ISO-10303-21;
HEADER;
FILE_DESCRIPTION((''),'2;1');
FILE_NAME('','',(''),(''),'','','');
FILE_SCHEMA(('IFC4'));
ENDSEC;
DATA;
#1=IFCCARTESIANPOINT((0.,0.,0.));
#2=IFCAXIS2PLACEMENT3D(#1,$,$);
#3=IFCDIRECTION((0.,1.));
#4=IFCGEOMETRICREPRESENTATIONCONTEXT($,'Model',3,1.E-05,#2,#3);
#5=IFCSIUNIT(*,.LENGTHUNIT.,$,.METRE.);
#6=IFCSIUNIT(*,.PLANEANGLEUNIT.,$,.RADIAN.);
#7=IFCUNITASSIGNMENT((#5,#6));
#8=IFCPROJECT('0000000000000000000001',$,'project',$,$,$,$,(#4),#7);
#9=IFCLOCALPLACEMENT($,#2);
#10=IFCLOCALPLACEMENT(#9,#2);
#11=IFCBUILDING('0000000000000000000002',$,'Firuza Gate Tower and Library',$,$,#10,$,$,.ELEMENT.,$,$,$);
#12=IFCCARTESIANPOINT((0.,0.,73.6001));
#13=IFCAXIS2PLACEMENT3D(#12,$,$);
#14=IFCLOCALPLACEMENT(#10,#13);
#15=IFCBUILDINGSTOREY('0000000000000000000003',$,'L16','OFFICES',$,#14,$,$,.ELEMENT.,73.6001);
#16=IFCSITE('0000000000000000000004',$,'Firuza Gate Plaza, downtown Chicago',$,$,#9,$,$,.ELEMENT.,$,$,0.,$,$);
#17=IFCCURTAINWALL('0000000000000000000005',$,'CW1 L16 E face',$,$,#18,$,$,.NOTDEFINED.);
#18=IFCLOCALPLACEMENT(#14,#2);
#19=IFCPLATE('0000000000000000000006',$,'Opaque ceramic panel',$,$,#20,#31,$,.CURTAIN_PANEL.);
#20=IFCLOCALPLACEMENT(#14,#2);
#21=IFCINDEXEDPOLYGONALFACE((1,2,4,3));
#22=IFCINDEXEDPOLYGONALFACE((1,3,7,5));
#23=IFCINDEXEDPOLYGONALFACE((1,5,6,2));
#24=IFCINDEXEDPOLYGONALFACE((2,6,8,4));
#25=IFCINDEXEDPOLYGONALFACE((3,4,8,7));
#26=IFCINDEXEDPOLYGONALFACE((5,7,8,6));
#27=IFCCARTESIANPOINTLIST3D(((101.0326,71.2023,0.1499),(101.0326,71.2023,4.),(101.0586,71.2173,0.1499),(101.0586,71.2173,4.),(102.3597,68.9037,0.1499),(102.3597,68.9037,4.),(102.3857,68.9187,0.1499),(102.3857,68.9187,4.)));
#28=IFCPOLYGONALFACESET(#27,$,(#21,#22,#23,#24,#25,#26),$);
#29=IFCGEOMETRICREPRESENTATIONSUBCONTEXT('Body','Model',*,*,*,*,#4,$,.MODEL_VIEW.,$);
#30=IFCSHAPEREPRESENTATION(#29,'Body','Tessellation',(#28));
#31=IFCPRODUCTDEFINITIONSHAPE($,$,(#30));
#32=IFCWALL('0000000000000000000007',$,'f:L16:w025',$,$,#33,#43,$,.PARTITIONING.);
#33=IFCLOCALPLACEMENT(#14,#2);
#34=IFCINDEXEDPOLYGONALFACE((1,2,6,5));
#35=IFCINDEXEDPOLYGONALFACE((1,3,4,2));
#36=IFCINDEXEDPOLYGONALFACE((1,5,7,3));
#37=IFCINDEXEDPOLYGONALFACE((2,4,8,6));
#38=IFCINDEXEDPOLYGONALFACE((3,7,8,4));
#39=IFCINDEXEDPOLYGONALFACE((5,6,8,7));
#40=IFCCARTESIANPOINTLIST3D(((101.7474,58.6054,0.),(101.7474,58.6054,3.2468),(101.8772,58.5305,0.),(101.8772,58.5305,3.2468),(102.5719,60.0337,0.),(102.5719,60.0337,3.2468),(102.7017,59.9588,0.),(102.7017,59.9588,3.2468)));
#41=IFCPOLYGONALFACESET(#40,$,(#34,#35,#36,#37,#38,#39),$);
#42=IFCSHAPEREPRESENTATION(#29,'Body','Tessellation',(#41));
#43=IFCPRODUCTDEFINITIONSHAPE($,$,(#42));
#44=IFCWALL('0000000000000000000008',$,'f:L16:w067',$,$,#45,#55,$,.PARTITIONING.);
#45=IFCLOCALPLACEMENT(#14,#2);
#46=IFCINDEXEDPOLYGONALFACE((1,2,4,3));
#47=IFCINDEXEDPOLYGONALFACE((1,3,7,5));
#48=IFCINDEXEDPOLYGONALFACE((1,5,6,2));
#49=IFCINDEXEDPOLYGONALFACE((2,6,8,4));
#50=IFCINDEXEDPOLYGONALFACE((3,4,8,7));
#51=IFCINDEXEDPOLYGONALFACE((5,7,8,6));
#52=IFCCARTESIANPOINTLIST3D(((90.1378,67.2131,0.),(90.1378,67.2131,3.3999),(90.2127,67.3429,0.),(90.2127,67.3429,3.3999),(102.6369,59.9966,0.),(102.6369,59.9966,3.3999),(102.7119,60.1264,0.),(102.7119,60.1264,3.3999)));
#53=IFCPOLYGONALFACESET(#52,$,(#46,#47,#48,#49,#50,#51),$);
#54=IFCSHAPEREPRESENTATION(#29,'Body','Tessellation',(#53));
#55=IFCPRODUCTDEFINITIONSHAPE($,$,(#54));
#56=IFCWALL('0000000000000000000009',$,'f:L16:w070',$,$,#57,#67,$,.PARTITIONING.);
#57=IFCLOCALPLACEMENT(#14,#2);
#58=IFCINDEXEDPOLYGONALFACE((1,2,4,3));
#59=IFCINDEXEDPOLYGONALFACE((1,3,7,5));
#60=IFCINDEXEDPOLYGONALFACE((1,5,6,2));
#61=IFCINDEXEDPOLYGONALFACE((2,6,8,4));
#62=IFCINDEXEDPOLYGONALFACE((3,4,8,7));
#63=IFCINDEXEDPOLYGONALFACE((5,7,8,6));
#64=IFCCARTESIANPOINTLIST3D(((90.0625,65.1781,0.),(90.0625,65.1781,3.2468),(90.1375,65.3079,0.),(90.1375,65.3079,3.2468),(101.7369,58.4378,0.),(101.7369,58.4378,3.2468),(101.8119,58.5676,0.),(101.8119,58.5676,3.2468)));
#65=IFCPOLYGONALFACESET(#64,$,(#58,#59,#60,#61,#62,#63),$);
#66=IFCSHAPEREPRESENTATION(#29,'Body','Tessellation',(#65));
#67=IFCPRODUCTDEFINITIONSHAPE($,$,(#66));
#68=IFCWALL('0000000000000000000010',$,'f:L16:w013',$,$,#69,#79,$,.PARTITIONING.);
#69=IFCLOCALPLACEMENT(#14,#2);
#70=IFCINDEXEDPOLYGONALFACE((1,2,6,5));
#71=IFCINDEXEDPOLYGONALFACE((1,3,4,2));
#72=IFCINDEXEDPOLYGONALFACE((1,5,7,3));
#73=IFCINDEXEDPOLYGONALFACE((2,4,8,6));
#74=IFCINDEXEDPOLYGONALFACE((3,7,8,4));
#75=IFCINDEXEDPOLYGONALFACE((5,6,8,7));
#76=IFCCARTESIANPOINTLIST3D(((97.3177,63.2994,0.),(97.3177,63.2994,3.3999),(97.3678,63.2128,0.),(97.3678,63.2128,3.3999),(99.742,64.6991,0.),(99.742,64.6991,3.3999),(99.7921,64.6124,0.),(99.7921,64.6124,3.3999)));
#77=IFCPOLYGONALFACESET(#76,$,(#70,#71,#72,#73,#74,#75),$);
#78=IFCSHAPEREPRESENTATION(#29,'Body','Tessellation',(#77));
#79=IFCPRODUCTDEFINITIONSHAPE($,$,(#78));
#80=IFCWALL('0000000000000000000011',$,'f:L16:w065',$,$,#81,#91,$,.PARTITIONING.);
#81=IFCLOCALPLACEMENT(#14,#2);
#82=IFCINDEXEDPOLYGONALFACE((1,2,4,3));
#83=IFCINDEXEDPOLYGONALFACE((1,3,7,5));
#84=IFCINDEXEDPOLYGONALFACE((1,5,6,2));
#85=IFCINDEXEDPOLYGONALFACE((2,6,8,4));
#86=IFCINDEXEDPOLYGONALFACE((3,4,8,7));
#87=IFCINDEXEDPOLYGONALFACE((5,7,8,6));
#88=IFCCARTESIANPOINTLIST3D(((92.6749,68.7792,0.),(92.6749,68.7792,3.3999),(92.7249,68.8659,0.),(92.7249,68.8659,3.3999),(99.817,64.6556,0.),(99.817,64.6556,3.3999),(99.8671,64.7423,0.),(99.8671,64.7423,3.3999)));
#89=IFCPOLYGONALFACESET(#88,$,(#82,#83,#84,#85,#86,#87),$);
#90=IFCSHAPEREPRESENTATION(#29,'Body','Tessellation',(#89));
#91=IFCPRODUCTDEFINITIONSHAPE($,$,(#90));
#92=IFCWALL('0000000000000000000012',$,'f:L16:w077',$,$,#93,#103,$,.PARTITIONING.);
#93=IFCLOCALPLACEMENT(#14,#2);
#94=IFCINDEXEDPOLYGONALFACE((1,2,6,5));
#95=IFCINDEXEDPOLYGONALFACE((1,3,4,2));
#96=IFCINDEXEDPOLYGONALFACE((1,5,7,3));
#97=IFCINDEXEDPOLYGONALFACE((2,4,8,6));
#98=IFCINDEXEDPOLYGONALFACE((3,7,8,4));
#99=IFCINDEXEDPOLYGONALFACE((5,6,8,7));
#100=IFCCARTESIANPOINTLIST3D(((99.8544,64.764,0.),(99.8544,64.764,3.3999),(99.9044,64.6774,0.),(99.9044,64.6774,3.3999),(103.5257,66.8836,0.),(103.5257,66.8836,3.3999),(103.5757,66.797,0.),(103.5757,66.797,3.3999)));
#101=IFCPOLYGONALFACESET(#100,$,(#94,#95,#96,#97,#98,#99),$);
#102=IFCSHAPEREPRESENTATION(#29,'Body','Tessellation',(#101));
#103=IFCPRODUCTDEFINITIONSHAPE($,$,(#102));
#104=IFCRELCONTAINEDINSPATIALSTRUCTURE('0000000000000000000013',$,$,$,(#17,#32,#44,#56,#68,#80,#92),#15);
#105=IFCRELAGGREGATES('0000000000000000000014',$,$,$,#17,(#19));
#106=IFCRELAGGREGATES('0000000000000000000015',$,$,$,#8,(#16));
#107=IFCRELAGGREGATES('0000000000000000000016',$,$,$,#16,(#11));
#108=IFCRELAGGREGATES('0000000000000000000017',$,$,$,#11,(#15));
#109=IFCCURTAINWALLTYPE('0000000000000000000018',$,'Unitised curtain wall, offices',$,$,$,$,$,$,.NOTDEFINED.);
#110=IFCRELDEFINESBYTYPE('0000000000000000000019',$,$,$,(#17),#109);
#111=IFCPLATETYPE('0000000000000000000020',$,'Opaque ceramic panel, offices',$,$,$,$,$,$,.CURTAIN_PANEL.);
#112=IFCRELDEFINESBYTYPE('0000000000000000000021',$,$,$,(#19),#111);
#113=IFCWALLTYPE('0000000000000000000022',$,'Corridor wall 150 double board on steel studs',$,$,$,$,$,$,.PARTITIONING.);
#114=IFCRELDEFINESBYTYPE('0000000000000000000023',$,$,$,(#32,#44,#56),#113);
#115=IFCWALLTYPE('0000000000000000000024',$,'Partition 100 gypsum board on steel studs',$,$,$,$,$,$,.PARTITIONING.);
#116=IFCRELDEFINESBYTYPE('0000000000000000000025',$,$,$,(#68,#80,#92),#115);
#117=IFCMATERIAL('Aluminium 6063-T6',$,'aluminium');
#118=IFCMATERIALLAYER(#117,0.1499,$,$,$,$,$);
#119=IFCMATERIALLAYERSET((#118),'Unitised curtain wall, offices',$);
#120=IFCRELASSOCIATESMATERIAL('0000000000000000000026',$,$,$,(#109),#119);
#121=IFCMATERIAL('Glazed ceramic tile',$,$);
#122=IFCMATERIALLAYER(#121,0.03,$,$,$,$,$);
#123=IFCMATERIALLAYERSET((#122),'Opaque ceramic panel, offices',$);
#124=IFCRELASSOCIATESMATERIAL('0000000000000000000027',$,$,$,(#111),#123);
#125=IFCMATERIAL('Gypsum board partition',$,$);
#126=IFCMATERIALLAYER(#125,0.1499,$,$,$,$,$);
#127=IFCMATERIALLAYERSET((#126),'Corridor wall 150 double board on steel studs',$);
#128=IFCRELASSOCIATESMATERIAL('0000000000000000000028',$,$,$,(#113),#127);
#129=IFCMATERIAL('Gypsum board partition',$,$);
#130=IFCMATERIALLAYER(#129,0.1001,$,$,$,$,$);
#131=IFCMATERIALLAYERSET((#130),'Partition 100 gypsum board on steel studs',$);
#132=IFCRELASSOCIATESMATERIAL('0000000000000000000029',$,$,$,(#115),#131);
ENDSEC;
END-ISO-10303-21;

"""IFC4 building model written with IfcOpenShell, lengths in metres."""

from ifc_helpers import new_model, si_unit, direction, frame, frame_2d, origin, place, context, subcontext, project, spatial, polyline, rectangle, outline, extrude, material, layer, layer_set, type_object, element, aggregate, save


model = new_model("IFC4")

# Units and contexts
model_context = context("Model", 3, precision=1e-05, world=origin(), true_north=direction((0.0, 1.0)))
body_context = subcontext(model_context, "Body", "Model", "MODEL_VIEW")
ifc_project = project(units=[si_unit("LENGTHUNIT", "METRE"), si_unit("PLANEANGLEUNIT", "RADIAN")], contexts=[model_context])

# Site, building, storey
site_placement = place(None, origin())
site = spatial("IfcSite", under=ifc_project, at=site_placement, Name="Firuza Gate Plaza, downtown Chicago", CompositionType="ELEMENT", RefElevation=0.0)
building_placement = place(site_placement, origin())
building = spatial("IfcBuilding", under=site, at=building_placement, Name="Firuza Gate Tower and Library", CompositionType="ELEMENT")
storey_placement = place(building_placement, frame((0.0, 0.0, 73.6001)))
storey = spatial("IfcBuildingStorey", under=building, at=storey_placement, Name="L16", Description="OFFICES", CompositionType="ELEMENT", Elevation=73.6001)

# Curtain wall
ifc_material_1 = material(Name="Aluminium 6063-T6", Category="aluminium")
ifc_layer_1 = layer(ifc_material_1, 0.1499)
ifc_layer_set_1 = layer_set([ifc_layer_1], Name="Unitised curtain wall, offices")
curtain_wall_type = type_object("IfcCurtainWallType", Name="Unitised curtain wall, offices", PredefinedType="NOTDEFINED", material=ifc_layer_set_1)
curtain_wall_placement = place(storey_placement, origin())
curtain_wall = element("IfcCurtainWall", 1, at=curtain_wall_placement, inside=storey, type_object=curtain_wall_type, Name="CW1 L16 E face", PredefinedType="NOTDEFINED")

# Plate
ifc_material_2 = material(Name="Glazed ceramic tile")
ifc_layer_2 = layer(ifc_material_2, 0.03)
ifc_layer_set_2 = layer_set([ifc_layer_2], Name="Opaque ceramic panel, offices")
plate_type_1 = type_object("IfcPlateType", Name="Opaque ceramic panel, offices", PredefinedType="CURTAIN_PANEL", material=ifc_layer_set_2)
plate_1_placement = place(storey_placement, frame((102.3857, 68.9187, 0.1499), z_axis=(0.866016, 0.500017, 0.0), x_axis=(-0.500017, 0.866016, 0.0)))
plate_1 = element("IfcPlate", 2, at=plate_1_placement, type_object=plate_type_1, Name="Opaque ceramic panel", PredefinedType="CURTAIN_PANEL", context=body_context, shape_type="SweptSolid", body=[
    extrude(outline(polyline([(0.0, 0.0), (2.6542, 0.0), (2.6542, 3.8501), (0.0, 3.8501), (0.0, 0.0)])), origin(), (0.0, 0.0, -1.0), 0.03),
])
aggregate(curtain_wall, [plate_1])

# Walls
ifc_material_3 = material(Name="Gypsum board partition")
ifc_layer_3 = layer(ifc_material_3, 0.1499)
ifc_layer_set_3 = layer_set([ifc_layer_3], Name="Corridor wall 150 double board on steel studs")
wall_type_1 = type_object("IfcWallType", Name="Corridor wall 150 double board on steel studs", PredefinedType="PARTITIONING", material=ifc_layer_set_3)
wall_1_placement = place(storey_placement, frame((101.8123, 58.5679, 0.0), z_axis=(0.0, 0.0, 1.0), x_axis=(0.499945, 0.866057, 0.0)))
element("IfcWall", 3, at=wall_1_placement, inside=storey, type_object=wall_type_1, Name="f:L16:w025", PredefinedType="PARTITIONING", context=body_context, shape_type="SweptSolid", body=[
    extrude(rectangle(XDim=1.6492, YDim=0.1499, at=frame_2d((0.8247, 0.0))), origin(), (0.0, 0.0, 1.0), 3.2468),
])
wall_2_placement = place(storey_placement, frame((102.6743, 60.0615, 0.0), z_axis=(0.0, 0.0, 1.0), x_axis=(-0.866022, 0.500005, 0.0)))
element("IfcWall", 4, at=wall_2_placement, inside=storey, type_object=wall_type_1, Name="f:L16:w067", PredefinedType="PARTITIONING", context=body_context, shape_type="SweptSolid", body=[
    extrude(rectangle(XDim=14.4329, YDim=0.1499, at=frame_2d((7.2163, 0.0))), origin(), (0.0, 0.0, 1.0), 3.3999),
])
wall_3_placement = place(storey_placement, frame((101.7744, 58.5027, 0.0), z_axis=(0.0, 0.0, 1.0), x_axis=(-0.866023, 0.500004, 0.0)))
element("IfcWall", 5, at=wall_3_placement, inside=storey, type_object=wall_type_1, Name="f:L16:w070", PredefinedType="PARTITIONING", context=body_context, shape_type="SweptSolid", body=[
    extrude(rectangle(XDim=13.4805, YDim=0.1499, at=frame_2d((6.7402, 0.0))), origin(), (0.0, 0.0, 1.0), 3.2468),
])
ifc_material_4 = material(Name="Gypsum board partition")
ifc_layer_4 = layer(ifc_material_4, 0.1001)
ifc_layer_set_4 = layer_set([ifc_layer_4], Name="Partition 100 gypsum board on steel studs")
wall_type_2 = type_object("IfcWallType", Name="Partition 100 gypsum board on steel studs", PredefinedType="PARTITIONING", material=ifc_layer_set_4)
wall_4_placement = place(storey_placement, frame((97.3428, 63.2561, 0.0), z_axis=(0.0, 0.0, 1.0), x_axis=(0.866029, 0.499994, 0.0)))
element("IfcWall", 6, at=wall_4_placement, inside=storey, type_object=wall_type_2, Name="f:L16:w013", PredefinedType="PARTITIONING", context=body_context, shape_type="SweptSolid", body=[
    extrude(rectangle(XDim=2.7993, YDim=0.1001, at=frame_2d((1.3997, 0.0))), origin(), (0.0, 0.0, 1.0), 3.3999),
])
wall_5_placement = place(storey_placement, frame((99.842, 64.699, 0.0), z_axis=(0.0, 0.0, 1.0), x_axis=(-0.866023, 0.500004, 0.0)))
element("IfcWall", 7, at=wall_5_placement, inside=storey, type_object=wall_type_2, Name="f:L16:w065", PredefinedType="PARTITIONING", context=body_context, shape_type="SweptSolid", body=[
    extrude(rectangle(XDim=8.2471, YDim=0.1001, at=frame_2d((4.1235, 0.0))), origin(), (0.0, 0.0, 1.0), 3.3999),
])
wall_6_placement = place(storey_placement, frame((99.8794, 64.7207, 0.0), z_axis=(0.0, 0.0, 1.0), x_axis=(0.86603, 0.499992, 0.0)))
element("IfcWall", 8, at=wall_6_placement, inside=storey, type_object=wall_type_2, Name="f:L16:w077", PredefinedType="PARTITIONING", context=body_context, shape_type="SweptSolid", body=[
    extrude(rectangle(XDim=4.2393, YDim=0.1001, at=frame_2d((2.1196, 0.0))), origin(), (0.0, 0.0, 1.0), 3.3999),
])

save(model, "model.ifc")
